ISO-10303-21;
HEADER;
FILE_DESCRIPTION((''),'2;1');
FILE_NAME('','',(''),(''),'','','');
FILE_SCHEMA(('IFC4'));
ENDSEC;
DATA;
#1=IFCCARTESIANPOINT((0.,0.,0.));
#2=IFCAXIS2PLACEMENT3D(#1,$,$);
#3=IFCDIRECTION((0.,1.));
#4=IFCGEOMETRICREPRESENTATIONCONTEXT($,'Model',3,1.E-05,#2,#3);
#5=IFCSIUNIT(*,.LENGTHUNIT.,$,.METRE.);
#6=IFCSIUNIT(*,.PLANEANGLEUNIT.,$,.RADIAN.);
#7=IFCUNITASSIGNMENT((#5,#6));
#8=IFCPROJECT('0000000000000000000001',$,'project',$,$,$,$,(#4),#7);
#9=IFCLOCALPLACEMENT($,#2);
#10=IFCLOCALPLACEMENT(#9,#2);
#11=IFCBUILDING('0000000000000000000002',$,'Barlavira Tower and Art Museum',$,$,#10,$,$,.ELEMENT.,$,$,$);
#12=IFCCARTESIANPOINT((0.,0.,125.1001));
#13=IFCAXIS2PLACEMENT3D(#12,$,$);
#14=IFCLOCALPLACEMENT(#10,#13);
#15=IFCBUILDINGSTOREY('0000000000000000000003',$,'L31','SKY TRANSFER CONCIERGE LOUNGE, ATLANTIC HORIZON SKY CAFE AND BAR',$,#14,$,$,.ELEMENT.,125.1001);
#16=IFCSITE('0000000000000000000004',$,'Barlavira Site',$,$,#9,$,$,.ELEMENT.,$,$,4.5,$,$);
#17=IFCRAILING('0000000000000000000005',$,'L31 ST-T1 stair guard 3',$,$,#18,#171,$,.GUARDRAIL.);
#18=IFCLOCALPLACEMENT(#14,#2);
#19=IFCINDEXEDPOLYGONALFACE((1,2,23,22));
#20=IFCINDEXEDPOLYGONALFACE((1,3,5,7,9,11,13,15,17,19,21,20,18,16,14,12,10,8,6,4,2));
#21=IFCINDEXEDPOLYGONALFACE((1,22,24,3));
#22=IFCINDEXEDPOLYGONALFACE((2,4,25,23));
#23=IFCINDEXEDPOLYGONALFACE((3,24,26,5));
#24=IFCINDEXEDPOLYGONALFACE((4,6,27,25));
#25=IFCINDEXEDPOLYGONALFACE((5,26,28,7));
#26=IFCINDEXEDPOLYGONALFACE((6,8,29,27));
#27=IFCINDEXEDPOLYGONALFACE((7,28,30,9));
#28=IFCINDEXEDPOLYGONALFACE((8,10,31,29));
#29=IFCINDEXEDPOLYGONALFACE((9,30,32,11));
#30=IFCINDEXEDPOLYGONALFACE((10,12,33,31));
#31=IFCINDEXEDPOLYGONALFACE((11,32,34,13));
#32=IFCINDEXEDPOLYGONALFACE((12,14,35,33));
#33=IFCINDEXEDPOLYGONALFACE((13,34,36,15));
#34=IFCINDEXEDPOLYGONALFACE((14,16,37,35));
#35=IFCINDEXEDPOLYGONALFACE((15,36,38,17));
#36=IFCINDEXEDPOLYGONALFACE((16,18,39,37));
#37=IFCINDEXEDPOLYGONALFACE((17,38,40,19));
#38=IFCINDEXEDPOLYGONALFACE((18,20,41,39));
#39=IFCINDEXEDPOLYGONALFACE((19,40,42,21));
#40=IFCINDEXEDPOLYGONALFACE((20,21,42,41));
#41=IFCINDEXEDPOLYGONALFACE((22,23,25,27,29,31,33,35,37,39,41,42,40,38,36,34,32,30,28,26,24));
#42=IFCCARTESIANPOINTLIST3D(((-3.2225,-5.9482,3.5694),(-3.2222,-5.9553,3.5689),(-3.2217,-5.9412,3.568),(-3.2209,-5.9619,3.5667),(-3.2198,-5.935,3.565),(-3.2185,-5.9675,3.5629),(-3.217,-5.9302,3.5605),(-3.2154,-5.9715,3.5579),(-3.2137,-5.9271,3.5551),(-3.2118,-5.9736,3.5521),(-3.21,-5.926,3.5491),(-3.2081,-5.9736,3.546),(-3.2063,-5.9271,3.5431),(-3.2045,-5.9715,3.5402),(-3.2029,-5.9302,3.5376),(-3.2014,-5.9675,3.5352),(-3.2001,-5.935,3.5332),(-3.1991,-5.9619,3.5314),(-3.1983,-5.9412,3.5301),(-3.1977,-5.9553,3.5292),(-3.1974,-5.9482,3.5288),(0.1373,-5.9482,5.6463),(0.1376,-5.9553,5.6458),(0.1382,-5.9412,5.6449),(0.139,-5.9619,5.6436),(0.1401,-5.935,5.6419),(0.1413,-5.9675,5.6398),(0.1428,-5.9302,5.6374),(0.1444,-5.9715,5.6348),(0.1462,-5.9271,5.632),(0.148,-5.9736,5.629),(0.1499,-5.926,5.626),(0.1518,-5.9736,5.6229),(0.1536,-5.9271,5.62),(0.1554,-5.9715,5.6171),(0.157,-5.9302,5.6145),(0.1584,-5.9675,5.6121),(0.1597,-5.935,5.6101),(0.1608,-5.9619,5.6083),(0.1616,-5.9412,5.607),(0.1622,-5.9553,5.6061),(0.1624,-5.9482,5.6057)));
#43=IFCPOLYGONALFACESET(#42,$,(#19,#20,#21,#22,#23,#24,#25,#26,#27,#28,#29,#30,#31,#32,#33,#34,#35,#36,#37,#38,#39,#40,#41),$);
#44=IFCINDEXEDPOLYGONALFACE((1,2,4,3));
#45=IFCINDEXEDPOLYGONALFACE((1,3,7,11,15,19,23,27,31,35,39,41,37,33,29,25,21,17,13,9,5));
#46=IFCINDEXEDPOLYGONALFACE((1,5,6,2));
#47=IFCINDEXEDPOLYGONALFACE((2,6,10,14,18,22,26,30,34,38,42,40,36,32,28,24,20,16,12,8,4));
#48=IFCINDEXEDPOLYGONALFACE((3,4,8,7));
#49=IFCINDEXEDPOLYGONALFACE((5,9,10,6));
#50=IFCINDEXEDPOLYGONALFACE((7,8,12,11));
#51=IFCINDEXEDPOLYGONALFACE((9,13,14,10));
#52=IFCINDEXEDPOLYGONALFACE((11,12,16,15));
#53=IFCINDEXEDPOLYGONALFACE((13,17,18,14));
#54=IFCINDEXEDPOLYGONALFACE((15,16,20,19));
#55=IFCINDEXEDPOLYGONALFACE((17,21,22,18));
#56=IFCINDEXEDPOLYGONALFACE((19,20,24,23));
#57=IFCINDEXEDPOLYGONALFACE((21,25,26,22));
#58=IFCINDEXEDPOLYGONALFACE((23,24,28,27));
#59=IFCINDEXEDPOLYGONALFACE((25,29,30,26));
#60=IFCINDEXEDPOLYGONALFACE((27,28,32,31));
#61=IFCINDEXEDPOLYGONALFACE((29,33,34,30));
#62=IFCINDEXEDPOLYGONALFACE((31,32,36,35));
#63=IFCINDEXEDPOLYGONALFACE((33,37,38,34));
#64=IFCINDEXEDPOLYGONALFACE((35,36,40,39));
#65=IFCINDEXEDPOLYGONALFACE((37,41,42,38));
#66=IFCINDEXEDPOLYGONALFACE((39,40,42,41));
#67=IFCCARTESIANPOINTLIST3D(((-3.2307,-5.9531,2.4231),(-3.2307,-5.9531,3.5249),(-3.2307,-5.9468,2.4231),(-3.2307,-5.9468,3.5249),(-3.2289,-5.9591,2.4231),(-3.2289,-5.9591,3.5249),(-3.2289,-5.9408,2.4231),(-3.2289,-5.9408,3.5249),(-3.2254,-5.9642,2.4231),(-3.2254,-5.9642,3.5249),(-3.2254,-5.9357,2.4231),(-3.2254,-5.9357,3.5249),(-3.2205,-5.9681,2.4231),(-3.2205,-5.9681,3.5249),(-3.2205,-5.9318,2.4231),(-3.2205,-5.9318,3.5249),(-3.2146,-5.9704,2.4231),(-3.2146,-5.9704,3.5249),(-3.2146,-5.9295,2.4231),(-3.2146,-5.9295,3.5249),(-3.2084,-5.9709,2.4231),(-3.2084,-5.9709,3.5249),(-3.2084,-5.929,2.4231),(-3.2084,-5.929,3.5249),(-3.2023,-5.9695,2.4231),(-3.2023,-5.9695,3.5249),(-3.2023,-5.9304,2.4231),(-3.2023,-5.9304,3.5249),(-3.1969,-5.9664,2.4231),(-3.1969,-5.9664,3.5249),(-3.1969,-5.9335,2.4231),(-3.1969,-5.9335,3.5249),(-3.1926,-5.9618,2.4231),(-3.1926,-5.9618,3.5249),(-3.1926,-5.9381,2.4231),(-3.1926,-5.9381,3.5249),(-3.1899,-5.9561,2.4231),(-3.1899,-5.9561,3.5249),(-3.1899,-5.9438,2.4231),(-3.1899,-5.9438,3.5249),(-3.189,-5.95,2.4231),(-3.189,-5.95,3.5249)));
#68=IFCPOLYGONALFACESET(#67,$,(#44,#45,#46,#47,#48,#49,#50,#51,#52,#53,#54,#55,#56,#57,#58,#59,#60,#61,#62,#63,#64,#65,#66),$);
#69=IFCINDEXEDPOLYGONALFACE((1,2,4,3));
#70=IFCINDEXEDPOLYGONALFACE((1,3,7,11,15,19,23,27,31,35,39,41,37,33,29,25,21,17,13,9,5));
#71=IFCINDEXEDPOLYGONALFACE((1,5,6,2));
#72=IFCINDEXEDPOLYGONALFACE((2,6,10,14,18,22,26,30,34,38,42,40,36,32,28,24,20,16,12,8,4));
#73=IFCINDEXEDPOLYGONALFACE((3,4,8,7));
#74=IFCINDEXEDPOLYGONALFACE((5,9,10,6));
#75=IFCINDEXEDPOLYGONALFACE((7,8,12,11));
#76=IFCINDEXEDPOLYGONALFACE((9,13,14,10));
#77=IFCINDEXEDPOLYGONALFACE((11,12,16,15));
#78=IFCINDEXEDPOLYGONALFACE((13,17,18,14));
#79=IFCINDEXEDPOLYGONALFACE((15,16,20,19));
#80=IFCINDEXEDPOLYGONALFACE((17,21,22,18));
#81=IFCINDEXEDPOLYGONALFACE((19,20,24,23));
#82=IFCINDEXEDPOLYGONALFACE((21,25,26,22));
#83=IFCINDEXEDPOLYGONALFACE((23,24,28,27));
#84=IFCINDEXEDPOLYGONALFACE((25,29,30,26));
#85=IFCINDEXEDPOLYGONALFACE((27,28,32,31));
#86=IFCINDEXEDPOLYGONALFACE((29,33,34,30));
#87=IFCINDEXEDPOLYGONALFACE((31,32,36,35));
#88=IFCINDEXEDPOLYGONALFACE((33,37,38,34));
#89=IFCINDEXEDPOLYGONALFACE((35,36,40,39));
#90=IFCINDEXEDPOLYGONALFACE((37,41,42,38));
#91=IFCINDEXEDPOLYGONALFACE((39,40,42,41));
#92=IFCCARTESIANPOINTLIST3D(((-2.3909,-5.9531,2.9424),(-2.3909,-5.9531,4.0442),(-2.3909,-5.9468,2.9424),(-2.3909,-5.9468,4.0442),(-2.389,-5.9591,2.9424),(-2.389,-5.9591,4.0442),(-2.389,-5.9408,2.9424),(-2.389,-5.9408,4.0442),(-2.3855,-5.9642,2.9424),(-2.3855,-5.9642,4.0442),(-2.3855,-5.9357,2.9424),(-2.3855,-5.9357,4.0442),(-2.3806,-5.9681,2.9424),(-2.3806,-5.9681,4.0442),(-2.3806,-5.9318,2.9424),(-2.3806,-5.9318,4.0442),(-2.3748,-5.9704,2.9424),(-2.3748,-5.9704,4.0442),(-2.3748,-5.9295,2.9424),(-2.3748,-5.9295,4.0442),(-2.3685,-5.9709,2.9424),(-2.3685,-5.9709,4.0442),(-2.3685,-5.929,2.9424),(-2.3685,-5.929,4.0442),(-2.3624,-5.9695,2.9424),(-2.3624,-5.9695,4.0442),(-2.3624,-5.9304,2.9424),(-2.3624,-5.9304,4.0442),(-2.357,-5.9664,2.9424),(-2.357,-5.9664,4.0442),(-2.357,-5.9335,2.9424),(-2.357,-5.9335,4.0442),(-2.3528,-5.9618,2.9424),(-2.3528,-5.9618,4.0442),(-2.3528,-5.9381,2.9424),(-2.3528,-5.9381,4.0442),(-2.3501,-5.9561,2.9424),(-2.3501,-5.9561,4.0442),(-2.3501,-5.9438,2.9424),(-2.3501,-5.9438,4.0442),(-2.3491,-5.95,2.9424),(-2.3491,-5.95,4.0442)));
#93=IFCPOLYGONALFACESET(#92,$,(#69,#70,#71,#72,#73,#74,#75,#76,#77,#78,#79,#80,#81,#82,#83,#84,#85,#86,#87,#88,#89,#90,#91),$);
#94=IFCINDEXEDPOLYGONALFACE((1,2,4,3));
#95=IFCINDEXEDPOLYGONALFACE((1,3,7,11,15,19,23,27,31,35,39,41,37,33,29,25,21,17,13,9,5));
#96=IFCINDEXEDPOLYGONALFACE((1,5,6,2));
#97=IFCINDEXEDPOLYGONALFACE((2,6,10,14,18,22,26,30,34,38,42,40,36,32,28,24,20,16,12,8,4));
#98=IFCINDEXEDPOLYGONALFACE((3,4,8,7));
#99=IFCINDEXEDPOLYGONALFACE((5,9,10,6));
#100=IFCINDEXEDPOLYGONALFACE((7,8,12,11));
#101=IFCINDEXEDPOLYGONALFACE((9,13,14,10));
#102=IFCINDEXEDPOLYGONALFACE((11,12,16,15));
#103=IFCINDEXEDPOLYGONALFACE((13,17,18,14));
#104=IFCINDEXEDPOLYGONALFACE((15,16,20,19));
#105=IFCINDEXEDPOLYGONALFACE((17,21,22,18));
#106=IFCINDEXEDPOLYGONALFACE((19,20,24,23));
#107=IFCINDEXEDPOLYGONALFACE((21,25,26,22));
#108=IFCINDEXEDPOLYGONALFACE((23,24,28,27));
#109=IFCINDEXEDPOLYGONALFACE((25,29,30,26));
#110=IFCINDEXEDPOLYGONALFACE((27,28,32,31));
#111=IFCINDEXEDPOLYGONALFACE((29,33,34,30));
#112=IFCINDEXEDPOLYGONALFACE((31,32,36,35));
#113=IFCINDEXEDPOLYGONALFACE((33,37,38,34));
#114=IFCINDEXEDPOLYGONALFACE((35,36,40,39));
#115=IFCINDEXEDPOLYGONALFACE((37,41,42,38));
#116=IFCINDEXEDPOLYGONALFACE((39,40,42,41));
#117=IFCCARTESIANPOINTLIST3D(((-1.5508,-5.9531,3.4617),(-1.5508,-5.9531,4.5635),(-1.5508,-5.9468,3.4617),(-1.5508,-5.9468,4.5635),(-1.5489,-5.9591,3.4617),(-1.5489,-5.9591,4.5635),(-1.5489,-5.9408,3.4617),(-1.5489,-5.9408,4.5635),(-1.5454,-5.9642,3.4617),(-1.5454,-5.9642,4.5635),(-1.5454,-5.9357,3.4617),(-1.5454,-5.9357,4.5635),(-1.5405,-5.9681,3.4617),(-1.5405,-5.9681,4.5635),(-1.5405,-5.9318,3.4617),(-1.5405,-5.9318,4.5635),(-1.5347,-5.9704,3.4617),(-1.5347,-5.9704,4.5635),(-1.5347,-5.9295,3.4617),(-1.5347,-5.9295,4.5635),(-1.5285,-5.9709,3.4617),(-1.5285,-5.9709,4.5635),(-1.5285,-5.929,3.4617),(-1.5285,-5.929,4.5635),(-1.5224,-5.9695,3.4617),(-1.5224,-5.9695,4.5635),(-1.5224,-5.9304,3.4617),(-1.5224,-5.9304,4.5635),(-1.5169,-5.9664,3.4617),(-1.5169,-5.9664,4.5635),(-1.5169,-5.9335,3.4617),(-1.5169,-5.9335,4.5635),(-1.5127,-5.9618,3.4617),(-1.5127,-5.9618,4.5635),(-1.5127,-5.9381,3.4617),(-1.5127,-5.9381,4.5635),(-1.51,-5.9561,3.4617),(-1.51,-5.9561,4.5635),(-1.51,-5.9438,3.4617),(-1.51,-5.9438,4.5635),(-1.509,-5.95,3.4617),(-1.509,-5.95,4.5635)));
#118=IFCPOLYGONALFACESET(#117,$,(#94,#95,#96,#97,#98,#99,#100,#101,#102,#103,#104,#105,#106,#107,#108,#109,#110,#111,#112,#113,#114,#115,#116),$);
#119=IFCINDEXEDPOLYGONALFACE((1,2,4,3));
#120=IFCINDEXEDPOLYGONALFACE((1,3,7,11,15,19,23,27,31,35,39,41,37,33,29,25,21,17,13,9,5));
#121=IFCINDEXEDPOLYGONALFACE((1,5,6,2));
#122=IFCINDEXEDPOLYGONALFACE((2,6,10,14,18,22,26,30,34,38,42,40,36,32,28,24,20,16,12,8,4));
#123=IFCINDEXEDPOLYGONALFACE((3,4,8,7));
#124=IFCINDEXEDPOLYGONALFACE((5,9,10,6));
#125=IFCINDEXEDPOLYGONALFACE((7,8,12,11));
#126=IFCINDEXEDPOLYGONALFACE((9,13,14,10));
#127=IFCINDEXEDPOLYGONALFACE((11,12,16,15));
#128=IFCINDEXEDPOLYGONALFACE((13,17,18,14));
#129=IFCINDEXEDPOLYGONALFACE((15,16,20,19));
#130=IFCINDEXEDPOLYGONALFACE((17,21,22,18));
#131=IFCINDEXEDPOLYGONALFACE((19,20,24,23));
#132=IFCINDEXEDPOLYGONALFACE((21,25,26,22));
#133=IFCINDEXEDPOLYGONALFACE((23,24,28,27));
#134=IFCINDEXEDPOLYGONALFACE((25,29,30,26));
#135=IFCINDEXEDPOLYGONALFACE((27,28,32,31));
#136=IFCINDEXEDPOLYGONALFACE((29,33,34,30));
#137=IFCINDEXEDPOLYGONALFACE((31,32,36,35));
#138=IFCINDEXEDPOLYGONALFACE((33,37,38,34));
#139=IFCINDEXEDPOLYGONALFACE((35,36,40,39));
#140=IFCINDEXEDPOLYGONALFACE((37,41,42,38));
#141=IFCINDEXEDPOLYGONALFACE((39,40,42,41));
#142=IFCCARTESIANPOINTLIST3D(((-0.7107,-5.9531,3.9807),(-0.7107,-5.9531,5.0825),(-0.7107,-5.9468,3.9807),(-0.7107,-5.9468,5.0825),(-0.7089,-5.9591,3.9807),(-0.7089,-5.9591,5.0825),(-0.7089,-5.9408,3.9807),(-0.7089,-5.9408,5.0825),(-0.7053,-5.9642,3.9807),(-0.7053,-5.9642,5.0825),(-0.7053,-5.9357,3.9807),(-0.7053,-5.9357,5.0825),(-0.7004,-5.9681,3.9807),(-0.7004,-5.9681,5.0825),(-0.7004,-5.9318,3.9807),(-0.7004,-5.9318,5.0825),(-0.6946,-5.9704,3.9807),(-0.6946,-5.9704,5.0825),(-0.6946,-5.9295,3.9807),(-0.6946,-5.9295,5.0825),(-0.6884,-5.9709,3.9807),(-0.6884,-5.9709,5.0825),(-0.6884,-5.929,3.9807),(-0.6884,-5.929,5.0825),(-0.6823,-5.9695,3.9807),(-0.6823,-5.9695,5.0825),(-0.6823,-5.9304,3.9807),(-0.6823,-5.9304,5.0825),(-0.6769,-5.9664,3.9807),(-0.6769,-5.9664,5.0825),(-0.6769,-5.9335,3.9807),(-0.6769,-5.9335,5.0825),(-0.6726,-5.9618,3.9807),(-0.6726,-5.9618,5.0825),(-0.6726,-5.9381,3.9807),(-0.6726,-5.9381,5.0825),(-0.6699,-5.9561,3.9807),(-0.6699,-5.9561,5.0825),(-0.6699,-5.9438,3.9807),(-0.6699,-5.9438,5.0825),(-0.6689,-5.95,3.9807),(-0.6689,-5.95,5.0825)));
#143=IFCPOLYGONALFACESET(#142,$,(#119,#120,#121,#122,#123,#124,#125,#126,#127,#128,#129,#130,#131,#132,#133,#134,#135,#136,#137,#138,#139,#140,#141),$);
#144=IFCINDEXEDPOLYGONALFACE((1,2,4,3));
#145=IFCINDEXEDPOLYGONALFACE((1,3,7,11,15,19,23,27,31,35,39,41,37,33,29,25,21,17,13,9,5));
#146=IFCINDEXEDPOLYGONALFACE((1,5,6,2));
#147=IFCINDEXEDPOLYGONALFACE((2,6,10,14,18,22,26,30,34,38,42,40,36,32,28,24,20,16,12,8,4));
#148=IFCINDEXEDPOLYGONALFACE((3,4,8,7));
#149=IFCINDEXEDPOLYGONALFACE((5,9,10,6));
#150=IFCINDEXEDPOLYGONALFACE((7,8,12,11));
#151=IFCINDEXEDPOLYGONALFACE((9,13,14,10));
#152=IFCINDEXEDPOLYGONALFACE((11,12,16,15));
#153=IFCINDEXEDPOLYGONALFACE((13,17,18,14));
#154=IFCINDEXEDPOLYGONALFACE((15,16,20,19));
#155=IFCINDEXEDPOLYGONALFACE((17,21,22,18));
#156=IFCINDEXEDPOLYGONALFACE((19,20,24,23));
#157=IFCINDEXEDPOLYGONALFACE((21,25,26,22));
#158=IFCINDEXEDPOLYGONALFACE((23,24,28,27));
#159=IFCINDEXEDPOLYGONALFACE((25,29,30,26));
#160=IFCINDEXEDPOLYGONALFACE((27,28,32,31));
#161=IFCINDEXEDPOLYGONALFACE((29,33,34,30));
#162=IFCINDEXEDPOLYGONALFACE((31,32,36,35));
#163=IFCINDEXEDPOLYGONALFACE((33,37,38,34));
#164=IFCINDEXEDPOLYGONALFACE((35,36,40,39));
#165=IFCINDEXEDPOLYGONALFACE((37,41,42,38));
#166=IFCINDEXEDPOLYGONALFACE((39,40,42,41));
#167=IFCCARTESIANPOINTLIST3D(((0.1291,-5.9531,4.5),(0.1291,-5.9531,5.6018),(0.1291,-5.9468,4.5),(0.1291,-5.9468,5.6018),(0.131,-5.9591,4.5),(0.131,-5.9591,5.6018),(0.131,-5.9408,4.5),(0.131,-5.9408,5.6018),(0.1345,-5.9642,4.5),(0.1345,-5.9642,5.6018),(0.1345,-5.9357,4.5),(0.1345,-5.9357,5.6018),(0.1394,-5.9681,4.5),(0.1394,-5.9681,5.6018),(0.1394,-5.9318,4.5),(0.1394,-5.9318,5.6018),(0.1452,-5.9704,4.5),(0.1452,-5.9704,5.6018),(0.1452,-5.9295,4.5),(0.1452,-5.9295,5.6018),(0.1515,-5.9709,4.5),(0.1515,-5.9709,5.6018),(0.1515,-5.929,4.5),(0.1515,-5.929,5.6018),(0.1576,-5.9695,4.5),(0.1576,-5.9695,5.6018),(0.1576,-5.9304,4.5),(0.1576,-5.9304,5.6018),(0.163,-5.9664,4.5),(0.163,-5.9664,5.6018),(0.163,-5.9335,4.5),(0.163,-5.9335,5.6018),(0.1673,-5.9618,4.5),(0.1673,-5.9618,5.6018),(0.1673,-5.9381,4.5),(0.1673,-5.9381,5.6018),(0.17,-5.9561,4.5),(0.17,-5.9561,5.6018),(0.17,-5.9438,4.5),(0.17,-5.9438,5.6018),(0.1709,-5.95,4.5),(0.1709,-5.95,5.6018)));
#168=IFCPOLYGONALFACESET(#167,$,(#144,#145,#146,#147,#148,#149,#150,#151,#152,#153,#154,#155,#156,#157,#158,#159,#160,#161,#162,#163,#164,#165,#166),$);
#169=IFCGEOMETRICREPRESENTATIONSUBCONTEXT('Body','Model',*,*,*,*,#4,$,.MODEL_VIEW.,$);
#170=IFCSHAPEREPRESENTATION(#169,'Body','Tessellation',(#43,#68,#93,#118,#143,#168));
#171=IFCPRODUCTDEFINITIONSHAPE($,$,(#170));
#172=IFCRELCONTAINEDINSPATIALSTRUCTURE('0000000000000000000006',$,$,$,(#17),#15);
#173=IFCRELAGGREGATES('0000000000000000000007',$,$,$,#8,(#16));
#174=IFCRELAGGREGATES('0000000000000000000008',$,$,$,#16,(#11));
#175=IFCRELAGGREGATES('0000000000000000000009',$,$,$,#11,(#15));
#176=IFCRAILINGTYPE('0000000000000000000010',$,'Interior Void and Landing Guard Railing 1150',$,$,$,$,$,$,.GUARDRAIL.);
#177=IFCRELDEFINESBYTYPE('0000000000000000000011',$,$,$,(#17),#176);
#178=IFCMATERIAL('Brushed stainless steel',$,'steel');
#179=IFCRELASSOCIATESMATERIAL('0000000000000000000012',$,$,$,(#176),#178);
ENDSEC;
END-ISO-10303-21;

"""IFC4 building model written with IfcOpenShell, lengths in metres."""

from ifc_helpers import new_model, si_unit, direction, frame, origin, origin_2d, place, context, subcontext, project, spatial, circle, extrude, material, type_object, element, save


model = new_model("IFC4")

# Units and contexts
model_context = context("Model", 3, precision=1e-05, world=origin(), true_north=direction((0.0, 1.0)))
body_context = subcontext(model_context, "Body", "Model", "MODEL_VIEW")
ifc_project = project(units=[si_unit("LENGTHUNIT", "METRE"), si_unit("PLANEANGLEUNIT", "RADIAN")], contexts=[model_context])

# Site, building, storey
site_placement = place(None, origin())
site = spatial("IfcSite", under=ifc_project, at=site_placement, Name="Barlavira Site", CompositionType="ELEMENT", RefElevation=4.5)
building_placement = place(site_placement, origin())
building = spatial("IfcBuilding", under=site, at=building_placement, Name="Barlavira Tower and Art Museum", CompositionType="ELEMENT")
storey_placement = place(building_placement, frame((0.0, 0.0, 125.1001)))
storey = spatial("IfcBuildingStorey", under=building, at=storey_placement, Name="L31", Description="SKY TRANSFER CONCIERGE LOUNGE, ATLANTIC HORIZON SKY CAFE AND BAR", CompositionType="ELEMENT", Elevation=125.1001)

# Shared definitions
ifc_material_1 = material(Name="Brushed stainless steel", Category="steel")

# Railing
railing_type_1 = type_object("IfcRailingType", Name="Interior Void and Landing Guard Railing 1150", PredefinedType="GUARDRAIL", material=ifc_material_1)
railing_1_placement = place(storey_placement, frame((-3.21, -5.95, 2.4231)))
element("IfcRailing", 1, at=railing_1_placement, inside=storey, type_object=railing_type_1, Name="L31 ST-T1 stair guard 3", PredefinedType="GUARDRAIL", context=body_context, shape_type="SweptSolid", body=[
    extrude(circle(Radius=0.0239, at=origin_2d()), frame((0.0, 0.0, 1.126), z_axis=(0.850606, 0.0, 0.525803), x_axis=(0.0, 1.0, 0.0)), (0.0, 0.0, 1.0), 3.95),
    extrude(circle(Radius=0.021, at=origin_2d()), origin(), (0.0, 0.0, 1.0), 1.1018),
    extrude(circle(Radius=0.021, at=origin_2d()), frame((0.8398, 0.0, 0.5193)), (0.0, 0.0, 1.0), 1.1018),
    extrude(circle(Radius=0.021, at=origin_2d()), frame((1.6799, 0.0, 1.0386)), (0.0, 0.0, 1.0), 1.1018),
    extrude(circle(Radius=0.021, at=origin_2d()), frame((2.52, 0.0, 1.5576)), (0.0, 0.0, 1.0), 1.1018),
    extrude(circle(Radius=0.021, at=origin_2d()), frame((3.3599, 0.0, 2.0769)), (0.0, 0.0, 1.0), 1.1018),
])

save(model, "model.ifc")
